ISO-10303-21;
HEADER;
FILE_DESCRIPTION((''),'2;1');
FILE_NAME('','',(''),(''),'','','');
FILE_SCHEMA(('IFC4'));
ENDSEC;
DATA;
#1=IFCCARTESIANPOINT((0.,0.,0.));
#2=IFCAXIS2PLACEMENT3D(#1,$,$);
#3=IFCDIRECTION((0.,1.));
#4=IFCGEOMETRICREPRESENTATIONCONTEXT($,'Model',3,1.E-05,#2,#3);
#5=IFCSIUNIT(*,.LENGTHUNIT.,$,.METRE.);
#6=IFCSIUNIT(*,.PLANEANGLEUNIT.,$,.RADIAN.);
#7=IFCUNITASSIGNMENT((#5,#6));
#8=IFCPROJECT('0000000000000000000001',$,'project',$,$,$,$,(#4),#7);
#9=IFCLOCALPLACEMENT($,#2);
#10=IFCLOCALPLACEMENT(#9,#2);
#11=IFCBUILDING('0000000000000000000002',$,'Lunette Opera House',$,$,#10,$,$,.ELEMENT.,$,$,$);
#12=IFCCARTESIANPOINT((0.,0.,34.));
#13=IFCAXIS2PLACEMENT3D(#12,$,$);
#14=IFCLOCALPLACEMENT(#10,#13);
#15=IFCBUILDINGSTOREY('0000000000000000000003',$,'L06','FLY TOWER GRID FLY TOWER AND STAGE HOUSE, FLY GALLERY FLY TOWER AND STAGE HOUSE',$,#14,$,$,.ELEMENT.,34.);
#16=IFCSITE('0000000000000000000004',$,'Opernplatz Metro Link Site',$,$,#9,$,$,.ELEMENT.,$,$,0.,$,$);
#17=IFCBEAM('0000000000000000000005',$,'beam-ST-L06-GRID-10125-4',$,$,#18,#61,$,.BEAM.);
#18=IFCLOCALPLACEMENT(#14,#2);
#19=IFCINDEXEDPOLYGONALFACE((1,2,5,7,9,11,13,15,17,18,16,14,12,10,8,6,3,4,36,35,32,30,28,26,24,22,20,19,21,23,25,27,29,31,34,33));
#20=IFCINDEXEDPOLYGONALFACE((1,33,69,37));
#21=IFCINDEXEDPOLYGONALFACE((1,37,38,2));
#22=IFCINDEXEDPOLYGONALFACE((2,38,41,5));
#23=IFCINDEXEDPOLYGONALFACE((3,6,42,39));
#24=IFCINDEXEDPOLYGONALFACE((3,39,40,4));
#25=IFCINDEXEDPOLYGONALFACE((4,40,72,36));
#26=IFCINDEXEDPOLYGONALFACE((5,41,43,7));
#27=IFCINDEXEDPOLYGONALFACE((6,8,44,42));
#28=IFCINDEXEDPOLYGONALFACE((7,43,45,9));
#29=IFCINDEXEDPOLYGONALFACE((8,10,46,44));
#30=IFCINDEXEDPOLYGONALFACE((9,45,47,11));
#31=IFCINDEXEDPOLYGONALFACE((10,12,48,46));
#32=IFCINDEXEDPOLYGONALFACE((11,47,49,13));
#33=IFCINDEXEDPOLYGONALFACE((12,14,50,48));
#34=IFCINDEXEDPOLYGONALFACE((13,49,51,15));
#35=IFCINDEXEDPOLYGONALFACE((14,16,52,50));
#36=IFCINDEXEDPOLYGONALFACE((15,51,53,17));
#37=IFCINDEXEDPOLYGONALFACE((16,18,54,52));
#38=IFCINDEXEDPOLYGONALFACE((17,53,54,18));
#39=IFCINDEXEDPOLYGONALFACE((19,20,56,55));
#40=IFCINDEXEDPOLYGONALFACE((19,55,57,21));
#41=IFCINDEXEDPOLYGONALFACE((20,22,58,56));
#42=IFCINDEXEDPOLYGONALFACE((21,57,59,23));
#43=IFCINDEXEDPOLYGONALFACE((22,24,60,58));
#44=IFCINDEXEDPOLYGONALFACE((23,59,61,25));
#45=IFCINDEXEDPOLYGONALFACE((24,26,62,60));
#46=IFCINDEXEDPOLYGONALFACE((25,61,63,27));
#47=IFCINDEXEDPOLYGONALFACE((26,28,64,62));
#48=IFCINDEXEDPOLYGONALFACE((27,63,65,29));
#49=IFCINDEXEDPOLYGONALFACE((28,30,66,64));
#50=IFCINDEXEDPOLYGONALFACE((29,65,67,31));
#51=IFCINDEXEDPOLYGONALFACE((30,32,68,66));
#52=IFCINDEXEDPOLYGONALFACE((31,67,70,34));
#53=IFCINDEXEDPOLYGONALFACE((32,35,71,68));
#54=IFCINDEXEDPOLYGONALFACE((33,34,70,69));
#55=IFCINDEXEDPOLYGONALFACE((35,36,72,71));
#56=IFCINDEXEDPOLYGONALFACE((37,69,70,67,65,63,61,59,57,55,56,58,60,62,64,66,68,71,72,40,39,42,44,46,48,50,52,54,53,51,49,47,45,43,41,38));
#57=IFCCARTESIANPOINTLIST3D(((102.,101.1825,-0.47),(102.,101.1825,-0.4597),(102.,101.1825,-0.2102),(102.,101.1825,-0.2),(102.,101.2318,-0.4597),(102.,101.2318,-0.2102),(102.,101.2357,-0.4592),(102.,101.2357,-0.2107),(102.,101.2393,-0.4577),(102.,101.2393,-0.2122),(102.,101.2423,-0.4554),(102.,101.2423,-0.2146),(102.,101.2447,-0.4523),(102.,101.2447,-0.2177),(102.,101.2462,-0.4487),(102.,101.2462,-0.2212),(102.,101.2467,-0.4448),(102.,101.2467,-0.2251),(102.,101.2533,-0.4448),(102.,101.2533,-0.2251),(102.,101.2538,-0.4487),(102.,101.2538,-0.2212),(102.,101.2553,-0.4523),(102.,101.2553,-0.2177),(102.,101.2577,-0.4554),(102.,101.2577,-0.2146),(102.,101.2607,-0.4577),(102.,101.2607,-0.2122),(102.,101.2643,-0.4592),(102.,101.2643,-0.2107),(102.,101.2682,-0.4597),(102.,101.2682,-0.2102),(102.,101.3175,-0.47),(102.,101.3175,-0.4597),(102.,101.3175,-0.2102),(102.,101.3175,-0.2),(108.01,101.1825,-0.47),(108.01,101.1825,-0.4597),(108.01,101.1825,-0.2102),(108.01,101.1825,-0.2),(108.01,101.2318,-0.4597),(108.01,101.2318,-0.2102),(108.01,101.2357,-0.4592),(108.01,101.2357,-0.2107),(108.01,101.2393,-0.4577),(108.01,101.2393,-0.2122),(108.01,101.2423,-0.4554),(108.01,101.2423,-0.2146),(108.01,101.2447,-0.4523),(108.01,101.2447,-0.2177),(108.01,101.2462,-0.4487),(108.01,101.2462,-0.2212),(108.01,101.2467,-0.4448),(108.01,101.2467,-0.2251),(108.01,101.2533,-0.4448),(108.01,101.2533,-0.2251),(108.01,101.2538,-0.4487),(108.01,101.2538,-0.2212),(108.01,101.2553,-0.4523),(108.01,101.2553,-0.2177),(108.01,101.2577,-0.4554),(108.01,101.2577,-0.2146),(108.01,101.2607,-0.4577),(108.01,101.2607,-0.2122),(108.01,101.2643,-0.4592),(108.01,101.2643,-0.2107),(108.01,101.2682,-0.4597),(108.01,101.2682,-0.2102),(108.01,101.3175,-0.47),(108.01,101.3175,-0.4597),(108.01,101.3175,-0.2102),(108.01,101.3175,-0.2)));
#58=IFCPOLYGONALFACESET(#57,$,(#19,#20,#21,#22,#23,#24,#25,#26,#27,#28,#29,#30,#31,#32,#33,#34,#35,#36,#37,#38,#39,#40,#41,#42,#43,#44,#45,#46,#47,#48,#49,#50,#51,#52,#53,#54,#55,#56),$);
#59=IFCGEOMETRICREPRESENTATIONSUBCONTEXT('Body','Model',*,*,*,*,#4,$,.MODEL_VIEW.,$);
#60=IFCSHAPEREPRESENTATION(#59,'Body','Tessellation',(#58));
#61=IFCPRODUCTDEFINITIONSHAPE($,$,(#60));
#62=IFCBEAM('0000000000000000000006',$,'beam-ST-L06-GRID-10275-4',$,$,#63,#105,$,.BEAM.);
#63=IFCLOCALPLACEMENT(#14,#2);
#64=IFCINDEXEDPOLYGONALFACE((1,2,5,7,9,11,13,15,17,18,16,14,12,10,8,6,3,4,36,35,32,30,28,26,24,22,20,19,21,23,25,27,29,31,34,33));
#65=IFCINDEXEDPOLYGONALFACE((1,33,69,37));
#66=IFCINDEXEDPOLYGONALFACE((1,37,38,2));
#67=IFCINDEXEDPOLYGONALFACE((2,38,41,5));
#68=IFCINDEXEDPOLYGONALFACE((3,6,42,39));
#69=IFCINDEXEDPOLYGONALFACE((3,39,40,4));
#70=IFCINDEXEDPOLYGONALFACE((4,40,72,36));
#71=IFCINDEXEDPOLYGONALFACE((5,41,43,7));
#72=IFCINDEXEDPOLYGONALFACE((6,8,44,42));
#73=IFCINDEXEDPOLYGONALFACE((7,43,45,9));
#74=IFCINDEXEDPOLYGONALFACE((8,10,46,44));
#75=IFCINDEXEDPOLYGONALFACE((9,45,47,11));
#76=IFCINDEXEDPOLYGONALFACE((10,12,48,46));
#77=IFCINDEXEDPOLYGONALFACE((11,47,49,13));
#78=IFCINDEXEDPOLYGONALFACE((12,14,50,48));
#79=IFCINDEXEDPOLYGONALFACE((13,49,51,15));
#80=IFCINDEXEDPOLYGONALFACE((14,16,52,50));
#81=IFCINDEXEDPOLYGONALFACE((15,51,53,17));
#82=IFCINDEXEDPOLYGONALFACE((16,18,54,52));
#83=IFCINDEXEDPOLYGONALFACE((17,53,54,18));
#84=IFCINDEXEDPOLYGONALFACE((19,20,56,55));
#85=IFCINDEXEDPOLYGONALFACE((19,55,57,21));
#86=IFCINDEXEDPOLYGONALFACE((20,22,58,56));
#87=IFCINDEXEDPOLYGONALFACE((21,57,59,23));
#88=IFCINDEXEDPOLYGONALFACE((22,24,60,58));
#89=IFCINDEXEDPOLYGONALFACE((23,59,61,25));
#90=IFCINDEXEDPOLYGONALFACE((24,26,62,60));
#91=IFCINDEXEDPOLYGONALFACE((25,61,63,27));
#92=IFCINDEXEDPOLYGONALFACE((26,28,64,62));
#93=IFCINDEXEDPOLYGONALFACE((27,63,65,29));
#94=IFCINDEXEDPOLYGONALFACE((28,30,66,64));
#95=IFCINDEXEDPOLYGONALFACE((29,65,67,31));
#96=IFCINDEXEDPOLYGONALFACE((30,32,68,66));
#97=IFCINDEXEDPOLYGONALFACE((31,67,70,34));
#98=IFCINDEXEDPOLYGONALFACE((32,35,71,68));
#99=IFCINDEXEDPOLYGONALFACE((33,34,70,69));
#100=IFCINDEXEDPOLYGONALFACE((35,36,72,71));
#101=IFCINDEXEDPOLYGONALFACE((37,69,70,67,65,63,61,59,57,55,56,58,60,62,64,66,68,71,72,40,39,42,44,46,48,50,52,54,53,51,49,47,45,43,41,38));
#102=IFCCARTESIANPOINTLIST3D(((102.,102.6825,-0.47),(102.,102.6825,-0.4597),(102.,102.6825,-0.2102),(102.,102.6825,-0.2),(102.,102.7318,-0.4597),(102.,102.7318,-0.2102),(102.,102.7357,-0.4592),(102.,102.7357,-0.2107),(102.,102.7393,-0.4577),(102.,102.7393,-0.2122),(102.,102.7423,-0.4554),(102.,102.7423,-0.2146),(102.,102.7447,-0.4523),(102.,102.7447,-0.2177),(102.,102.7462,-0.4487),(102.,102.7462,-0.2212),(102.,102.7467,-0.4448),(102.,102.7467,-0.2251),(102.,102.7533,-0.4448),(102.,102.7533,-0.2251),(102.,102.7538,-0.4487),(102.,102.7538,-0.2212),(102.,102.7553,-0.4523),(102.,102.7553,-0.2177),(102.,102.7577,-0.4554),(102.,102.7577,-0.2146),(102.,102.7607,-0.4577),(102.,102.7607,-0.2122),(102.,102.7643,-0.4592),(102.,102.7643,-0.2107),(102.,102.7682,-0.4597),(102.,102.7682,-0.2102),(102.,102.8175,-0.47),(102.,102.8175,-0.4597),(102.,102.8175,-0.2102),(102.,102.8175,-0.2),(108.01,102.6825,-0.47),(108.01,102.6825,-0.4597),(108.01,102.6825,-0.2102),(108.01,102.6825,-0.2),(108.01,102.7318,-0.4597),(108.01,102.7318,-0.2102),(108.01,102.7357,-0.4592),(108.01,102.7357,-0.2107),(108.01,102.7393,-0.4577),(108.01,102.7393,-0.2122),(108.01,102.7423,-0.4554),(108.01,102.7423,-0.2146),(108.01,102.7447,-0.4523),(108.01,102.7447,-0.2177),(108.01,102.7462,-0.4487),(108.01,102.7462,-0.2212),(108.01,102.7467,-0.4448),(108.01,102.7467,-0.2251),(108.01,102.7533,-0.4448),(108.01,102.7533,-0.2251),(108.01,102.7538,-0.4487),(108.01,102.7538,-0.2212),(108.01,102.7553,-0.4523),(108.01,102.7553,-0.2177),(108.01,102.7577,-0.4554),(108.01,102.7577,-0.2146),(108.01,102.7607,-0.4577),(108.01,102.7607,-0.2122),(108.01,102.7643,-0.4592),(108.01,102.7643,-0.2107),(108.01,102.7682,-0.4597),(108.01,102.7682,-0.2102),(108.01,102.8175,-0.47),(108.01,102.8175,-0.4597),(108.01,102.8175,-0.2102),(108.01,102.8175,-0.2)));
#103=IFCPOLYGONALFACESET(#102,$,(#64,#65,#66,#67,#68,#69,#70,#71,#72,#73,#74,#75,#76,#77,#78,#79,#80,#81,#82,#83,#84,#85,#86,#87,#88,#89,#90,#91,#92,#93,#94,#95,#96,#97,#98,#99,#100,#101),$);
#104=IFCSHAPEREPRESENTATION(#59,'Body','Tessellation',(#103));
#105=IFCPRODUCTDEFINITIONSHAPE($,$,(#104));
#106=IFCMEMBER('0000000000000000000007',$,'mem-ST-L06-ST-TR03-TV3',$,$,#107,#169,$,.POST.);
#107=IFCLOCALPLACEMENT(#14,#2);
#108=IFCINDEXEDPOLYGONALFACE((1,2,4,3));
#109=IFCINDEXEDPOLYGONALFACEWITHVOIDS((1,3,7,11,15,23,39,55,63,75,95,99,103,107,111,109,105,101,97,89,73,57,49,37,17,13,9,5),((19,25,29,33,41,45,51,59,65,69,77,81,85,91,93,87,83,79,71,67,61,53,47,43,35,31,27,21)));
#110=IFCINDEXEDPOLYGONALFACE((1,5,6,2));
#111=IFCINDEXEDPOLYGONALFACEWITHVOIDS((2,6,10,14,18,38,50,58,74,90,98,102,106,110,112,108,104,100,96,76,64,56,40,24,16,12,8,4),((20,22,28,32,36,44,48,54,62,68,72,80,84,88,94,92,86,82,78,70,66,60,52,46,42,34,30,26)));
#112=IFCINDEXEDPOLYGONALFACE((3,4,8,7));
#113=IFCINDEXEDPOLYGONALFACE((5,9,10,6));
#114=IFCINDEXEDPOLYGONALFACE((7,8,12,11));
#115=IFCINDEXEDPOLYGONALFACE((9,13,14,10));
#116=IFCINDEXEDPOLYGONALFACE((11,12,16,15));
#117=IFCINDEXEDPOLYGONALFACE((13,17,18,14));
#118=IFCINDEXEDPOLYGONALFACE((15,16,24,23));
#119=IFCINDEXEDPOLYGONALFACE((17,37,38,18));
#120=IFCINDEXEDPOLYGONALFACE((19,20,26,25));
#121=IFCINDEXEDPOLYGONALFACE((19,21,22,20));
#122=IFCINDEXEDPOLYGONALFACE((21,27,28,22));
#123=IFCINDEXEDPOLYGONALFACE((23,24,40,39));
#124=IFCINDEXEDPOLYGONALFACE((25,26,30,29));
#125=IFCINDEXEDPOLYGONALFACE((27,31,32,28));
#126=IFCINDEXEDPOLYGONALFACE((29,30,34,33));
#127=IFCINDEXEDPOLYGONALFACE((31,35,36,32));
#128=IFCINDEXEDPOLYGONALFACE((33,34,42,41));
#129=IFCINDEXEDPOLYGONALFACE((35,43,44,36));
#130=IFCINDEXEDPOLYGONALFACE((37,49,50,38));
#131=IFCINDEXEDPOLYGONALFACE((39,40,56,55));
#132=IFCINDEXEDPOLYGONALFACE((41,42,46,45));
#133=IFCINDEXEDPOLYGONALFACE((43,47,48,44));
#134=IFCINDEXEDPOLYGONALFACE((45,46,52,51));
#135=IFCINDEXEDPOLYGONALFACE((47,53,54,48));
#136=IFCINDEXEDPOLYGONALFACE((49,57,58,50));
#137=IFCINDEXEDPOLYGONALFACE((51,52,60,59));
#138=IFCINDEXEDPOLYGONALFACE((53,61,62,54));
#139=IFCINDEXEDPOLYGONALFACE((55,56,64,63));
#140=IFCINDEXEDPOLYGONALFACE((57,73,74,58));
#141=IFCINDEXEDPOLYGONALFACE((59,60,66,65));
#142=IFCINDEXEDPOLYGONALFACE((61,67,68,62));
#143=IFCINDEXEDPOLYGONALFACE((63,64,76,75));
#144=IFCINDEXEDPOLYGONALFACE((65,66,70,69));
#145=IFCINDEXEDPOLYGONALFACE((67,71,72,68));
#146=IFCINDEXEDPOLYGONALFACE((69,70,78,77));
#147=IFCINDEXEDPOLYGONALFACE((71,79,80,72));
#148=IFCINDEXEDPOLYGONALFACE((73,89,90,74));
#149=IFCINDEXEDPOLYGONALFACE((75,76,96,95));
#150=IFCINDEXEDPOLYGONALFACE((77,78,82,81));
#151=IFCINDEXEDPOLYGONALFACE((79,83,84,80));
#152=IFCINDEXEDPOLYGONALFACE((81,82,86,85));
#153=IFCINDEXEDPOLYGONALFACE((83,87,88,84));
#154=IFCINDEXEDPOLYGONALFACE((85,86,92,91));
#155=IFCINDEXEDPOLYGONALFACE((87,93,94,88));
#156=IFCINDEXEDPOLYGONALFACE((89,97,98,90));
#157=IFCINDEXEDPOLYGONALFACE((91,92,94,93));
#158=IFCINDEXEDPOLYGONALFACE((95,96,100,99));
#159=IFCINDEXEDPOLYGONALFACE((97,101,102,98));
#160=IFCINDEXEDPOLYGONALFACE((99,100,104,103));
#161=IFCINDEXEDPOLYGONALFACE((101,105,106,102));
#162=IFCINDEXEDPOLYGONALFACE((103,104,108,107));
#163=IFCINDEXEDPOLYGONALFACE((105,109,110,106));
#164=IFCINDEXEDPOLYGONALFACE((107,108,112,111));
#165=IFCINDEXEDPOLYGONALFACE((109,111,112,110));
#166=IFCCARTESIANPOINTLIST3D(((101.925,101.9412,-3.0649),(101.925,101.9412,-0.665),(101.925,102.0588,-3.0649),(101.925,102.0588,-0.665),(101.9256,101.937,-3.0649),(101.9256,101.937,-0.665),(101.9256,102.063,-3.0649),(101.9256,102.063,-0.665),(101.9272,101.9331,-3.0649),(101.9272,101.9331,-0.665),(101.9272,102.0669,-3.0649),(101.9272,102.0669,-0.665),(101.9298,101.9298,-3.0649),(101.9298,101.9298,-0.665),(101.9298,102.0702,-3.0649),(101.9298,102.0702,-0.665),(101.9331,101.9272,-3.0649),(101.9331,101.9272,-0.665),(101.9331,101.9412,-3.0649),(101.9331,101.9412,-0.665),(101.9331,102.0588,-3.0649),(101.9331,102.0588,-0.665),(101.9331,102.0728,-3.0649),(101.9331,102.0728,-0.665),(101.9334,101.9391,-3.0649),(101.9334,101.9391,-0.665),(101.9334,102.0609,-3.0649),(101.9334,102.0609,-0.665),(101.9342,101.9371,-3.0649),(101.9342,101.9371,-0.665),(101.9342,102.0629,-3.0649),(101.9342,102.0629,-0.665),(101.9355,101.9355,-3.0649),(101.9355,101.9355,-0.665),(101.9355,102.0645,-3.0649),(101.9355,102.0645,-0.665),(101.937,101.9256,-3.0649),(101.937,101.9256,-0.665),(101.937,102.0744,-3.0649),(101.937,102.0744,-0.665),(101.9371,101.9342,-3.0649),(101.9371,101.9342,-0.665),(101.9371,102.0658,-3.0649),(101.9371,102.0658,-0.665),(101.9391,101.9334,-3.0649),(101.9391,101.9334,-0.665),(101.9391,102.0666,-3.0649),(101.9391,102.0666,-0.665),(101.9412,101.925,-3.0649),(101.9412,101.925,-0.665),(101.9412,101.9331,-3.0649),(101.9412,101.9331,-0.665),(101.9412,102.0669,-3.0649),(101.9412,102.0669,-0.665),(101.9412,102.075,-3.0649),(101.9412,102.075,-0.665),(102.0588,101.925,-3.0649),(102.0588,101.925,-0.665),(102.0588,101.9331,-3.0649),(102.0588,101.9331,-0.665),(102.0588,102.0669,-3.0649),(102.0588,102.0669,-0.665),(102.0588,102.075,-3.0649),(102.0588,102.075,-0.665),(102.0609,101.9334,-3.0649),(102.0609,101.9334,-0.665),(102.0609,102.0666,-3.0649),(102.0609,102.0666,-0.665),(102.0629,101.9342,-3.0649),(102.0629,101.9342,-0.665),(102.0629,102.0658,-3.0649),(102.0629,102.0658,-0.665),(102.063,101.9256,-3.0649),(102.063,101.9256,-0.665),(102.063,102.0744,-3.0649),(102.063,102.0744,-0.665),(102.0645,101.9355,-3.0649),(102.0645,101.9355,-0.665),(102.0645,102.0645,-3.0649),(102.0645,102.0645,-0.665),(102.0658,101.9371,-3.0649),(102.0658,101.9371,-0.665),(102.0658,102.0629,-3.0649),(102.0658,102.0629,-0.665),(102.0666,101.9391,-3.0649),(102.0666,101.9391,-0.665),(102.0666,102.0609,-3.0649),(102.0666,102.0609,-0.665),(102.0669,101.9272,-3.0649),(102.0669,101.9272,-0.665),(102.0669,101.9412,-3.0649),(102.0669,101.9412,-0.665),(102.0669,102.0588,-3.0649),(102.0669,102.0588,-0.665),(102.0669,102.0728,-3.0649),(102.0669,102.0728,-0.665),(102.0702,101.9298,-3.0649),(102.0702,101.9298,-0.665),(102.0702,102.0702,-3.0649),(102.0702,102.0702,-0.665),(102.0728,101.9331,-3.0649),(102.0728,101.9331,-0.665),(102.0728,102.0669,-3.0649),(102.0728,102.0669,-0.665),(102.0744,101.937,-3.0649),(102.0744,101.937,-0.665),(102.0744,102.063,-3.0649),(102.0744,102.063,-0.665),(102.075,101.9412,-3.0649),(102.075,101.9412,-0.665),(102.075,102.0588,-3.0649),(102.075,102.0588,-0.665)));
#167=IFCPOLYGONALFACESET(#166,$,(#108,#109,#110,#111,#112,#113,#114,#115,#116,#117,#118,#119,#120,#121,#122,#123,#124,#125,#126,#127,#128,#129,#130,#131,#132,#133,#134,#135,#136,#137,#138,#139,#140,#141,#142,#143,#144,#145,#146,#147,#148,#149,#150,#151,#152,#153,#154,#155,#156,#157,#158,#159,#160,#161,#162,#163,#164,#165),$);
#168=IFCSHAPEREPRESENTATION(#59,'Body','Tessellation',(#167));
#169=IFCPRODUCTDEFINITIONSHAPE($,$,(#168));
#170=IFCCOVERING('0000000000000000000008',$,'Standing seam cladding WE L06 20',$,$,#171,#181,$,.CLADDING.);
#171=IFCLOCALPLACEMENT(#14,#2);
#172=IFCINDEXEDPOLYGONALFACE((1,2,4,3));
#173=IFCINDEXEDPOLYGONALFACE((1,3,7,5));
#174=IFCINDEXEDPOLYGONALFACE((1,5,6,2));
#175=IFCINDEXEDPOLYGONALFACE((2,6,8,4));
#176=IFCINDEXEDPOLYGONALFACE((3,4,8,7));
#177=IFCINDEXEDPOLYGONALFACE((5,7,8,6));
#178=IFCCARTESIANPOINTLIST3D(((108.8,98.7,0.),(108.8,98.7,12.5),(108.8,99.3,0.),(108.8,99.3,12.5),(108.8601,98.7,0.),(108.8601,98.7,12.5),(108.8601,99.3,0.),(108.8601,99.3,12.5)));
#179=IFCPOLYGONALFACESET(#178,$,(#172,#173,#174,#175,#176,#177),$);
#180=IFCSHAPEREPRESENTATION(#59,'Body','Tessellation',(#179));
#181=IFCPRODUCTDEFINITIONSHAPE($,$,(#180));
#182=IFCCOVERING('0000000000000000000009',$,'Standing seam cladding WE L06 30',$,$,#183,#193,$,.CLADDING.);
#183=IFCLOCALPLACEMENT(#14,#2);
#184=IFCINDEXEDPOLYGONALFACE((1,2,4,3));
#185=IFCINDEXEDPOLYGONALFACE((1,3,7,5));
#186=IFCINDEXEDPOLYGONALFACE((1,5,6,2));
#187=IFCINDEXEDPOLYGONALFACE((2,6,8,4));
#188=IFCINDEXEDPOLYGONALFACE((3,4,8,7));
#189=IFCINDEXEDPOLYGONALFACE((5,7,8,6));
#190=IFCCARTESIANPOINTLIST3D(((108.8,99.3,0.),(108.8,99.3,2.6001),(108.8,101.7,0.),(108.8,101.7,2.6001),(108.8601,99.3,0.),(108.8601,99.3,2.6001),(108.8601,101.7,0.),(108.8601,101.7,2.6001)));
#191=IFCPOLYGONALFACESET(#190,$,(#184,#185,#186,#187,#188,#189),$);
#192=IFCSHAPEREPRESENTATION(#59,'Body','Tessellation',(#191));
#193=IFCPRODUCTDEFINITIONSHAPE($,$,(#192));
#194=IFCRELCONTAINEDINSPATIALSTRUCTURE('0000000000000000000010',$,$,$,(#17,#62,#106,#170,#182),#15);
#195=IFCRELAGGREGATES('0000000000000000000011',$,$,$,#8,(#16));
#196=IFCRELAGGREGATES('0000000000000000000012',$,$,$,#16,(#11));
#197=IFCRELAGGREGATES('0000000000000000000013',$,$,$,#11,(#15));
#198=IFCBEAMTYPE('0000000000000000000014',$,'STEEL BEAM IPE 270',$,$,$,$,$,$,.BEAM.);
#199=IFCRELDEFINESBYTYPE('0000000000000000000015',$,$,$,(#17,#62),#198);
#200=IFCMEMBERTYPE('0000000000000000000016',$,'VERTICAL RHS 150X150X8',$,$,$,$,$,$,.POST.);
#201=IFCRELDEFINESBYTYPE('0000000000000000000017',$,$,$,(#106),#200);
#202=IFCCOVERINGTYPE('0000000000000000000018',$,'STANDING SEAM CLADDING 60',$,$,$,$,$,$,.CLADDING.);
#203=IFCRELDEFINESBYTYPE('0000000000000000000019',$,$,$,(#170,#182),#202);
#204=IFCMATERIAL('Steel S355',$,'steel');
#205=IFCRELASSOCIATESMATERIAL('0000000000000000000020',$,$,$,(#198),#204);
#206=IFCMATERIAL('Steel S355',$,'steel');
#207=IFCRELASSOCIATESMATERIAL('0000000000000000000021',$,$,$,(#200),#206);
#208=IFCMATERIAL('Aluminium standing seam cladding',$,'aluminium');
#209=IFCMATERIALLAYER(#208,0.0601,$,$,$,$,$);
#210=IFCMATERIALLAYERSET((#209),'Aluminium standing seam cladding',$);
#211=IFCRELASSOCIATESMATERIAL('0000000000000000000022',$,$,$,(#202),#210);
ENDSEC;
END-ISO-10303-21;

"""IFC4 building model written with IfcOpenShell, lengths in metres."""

from ifc_helpers import new_model, si_unit, direction, frame, origin, origin_2d, place, context, subcontext, project, spatial, rectangle, hollow_rectangle, i_section, extrude, material, layer, layer_set, material_profile, profile_set, type_object, element, save


model = new_model("IFC4")

# Units and contexts
model_context = context("Model", 3, precision=1e-05, world=origin(), true_north=direction((0.0, 1.0)))
body_context = subcontext(model_context, "Body", "Model", "MODEL_VIEW")
ifc_project = project(units=[si_unit("LENGTHUNIT", "METRE"), si_unit("PLANEANGLEUNIT", "RADIAN")], contexts=[model_context])

# Site, building, storey
site_placement = place(None, origin())
site = spatial("IfcSite", under=ifc_project, at=site_placement, Name="Opernplatz Metro Link Site", CompositionType="ELEMENT", RefElevation=0.0)
building_placement = place(site_placement, origin())
building = spatial("IfcBuilding", under=site, at=building_placement, Name="Lunette Opera House", CompositionType="ELEMENT")
storey_placement = place(building_placement, frame((0.0, 0.0, 34.0)))
storey = spatial("IfcBuildingStorey", under=building, at=storey_placement, Name="L06", Description="FLY TOWER GRID FLY TOWER AND STAGE HOUSE, FLY GALLERY FLY TOWER AND STAGE HOUSE", CompositionType="ELEMENT", Elevation=34.0)

# Beams
ifc_material_1 = material(Name="Steel S355", Category="steel")
ifc_material_profile_1 = material_profile(ifc_material_1, i_section(OverallWidth=0.135, OverallDepth=0.27, WebThickness=0.0066, FlangeThickness=0.0103, FilletRadius=0.0149, at=origin_2d()), Name="IPE 270")
ifc_profile_set_1 = profile_set([ifc_material_profile_1], Name="Steel S355")
beam_type = type_object("IfcBeamType", Name="STEEL BEAM IPE 270", PredefinedType="BEAM", material=ifc_profile_set_1)
for number, where, z_axis, x_axis, name in (
    (1, (102.0, 101.25, -0.335), (1.0, 0.0, 0.0), (0.0, 1.0, 0.0), "beam-ST-L06-GRID-10125-4"),
    (2, (102.0, 102.75, -0.335), (1.0, 0.0, 0.0), (0.0, 1.0, 0.0), "beam-ST-L06-GRID-10275-4"),
):
    element("IfcBeam", number, at=place(storey_placement, frame(where, z_axis=z_axis, x_axis=x_axis)), inside=storey, type_object=beam_type, Name=name, PredefinedType="BEAM", context=body_context, shape_type="SweptSolid", body=[
        extrude(i_section(OverallWidth=0.135, OverallDepth=0.27, WebThickness=0.0066, FlangeThickness=0.0103, FilletRadius=0.0149, at=origin_2d()), origin(), (0.0, 0.0, 1.0), 6.01),
    ])

# Member
ifc_material_2 = material(Name="Steel S355", Category="steel")
ifc_material_profile_2 = material_profile(ifc_material_2, hollow_rectangle(XDim=0.1499, YDim=0.1499, WallThickness=0.0081, InnerFilletRadius=0.0081, OuterFilletRadius=0.0161, at=origin_2d()), Name="RHS 150X150X8")
ifc_profile_set_2 = profile_set([ifc_material_profile_2], Name="Steel S355")
member_type_1 = type_object("IfcMemberType", Name="VERTICAL RHS 150X150X8", PredefinedType="POST", material=ifc_profile_set_2)
member_placement = place(storey_placement, frame((102.0, 102.0, -3.0649), z_axis=(0.0, 0.0, 1.0), x_axis=(1.0, 0.0, 0.0)))
element("IfcMember", 3, at=member_placement, inside=storey, type_object=member_type_1, Name="mem-ST-L06-ST-TR03-TV3", PredefinedType="POST", context=body_context, shape_type="SweptSolid", body=[
    extrude(hollow_rectangle(XDim=0.1499, YDim=0.1499, WallThickness=0.0081, InnerFilletRadius=0.0081, OuterFilletRadius=0.0161, at=origin_2d()), origin(), (0.0, 0.0, 1.0), 2.3999),
])

# Coverings
ifc_material_3 = material(Name="Aluminium standing seam cladding", Category="aluminium")
ifc_layer_1 = layer(ifc_material_3, 0.0601)
ifc_layer_set_1 = layer_set([ifc_layer_1], Name="Aluminium standing seam cladding")
covering_type = type_object("IfcCoveringType", Name="STANDING SEAM CLADDING 60", PredefinedType="CLADDING", material=ifc_layer_set_1)
covering_1_placement = place(storey_placement, frame((108.8301, 99.0, 0.0), z_axis=(0.0, 0.0, 1.0), x_axis=(0.0, 1.0, 0.0)))
element("IfcCovering", 4, at=covering_1_placement, inside=storey, type_object=covering_type, Name="Standing seam cladding WE L06 20", PredefinedType="CLADDING", context=body_context, shape_type="SweptSolid", body=[
    extrude(rectangle(XDim=0.6001, YDim=0.0601, at=origin_2d()), origin(), (0.0, 0.0, 1.0), 12.5),
])
covering_2_placement = place(storey_placement, frame((108.8301, 100.5, 0.0), z_axis=(0.0, 0.0, 1.0), x_axis=(0.0, 1.0, 0.0)))
element("IfcCovering", 5, at=covering_2_placement, inside=storey, type_object=covering_type, Name="Standing seam cladding WE L06 30", PredefinedType="CLADDING", context=body_context, shape_type="SweptSolid", body=[
    extrude(rectangle(XDim=2.3999, YDim=0.0601, at=origin_2d()), origin(), (0.0, 0.0, 1.0), 2.6001),
])

save(model, "model.ifc")
